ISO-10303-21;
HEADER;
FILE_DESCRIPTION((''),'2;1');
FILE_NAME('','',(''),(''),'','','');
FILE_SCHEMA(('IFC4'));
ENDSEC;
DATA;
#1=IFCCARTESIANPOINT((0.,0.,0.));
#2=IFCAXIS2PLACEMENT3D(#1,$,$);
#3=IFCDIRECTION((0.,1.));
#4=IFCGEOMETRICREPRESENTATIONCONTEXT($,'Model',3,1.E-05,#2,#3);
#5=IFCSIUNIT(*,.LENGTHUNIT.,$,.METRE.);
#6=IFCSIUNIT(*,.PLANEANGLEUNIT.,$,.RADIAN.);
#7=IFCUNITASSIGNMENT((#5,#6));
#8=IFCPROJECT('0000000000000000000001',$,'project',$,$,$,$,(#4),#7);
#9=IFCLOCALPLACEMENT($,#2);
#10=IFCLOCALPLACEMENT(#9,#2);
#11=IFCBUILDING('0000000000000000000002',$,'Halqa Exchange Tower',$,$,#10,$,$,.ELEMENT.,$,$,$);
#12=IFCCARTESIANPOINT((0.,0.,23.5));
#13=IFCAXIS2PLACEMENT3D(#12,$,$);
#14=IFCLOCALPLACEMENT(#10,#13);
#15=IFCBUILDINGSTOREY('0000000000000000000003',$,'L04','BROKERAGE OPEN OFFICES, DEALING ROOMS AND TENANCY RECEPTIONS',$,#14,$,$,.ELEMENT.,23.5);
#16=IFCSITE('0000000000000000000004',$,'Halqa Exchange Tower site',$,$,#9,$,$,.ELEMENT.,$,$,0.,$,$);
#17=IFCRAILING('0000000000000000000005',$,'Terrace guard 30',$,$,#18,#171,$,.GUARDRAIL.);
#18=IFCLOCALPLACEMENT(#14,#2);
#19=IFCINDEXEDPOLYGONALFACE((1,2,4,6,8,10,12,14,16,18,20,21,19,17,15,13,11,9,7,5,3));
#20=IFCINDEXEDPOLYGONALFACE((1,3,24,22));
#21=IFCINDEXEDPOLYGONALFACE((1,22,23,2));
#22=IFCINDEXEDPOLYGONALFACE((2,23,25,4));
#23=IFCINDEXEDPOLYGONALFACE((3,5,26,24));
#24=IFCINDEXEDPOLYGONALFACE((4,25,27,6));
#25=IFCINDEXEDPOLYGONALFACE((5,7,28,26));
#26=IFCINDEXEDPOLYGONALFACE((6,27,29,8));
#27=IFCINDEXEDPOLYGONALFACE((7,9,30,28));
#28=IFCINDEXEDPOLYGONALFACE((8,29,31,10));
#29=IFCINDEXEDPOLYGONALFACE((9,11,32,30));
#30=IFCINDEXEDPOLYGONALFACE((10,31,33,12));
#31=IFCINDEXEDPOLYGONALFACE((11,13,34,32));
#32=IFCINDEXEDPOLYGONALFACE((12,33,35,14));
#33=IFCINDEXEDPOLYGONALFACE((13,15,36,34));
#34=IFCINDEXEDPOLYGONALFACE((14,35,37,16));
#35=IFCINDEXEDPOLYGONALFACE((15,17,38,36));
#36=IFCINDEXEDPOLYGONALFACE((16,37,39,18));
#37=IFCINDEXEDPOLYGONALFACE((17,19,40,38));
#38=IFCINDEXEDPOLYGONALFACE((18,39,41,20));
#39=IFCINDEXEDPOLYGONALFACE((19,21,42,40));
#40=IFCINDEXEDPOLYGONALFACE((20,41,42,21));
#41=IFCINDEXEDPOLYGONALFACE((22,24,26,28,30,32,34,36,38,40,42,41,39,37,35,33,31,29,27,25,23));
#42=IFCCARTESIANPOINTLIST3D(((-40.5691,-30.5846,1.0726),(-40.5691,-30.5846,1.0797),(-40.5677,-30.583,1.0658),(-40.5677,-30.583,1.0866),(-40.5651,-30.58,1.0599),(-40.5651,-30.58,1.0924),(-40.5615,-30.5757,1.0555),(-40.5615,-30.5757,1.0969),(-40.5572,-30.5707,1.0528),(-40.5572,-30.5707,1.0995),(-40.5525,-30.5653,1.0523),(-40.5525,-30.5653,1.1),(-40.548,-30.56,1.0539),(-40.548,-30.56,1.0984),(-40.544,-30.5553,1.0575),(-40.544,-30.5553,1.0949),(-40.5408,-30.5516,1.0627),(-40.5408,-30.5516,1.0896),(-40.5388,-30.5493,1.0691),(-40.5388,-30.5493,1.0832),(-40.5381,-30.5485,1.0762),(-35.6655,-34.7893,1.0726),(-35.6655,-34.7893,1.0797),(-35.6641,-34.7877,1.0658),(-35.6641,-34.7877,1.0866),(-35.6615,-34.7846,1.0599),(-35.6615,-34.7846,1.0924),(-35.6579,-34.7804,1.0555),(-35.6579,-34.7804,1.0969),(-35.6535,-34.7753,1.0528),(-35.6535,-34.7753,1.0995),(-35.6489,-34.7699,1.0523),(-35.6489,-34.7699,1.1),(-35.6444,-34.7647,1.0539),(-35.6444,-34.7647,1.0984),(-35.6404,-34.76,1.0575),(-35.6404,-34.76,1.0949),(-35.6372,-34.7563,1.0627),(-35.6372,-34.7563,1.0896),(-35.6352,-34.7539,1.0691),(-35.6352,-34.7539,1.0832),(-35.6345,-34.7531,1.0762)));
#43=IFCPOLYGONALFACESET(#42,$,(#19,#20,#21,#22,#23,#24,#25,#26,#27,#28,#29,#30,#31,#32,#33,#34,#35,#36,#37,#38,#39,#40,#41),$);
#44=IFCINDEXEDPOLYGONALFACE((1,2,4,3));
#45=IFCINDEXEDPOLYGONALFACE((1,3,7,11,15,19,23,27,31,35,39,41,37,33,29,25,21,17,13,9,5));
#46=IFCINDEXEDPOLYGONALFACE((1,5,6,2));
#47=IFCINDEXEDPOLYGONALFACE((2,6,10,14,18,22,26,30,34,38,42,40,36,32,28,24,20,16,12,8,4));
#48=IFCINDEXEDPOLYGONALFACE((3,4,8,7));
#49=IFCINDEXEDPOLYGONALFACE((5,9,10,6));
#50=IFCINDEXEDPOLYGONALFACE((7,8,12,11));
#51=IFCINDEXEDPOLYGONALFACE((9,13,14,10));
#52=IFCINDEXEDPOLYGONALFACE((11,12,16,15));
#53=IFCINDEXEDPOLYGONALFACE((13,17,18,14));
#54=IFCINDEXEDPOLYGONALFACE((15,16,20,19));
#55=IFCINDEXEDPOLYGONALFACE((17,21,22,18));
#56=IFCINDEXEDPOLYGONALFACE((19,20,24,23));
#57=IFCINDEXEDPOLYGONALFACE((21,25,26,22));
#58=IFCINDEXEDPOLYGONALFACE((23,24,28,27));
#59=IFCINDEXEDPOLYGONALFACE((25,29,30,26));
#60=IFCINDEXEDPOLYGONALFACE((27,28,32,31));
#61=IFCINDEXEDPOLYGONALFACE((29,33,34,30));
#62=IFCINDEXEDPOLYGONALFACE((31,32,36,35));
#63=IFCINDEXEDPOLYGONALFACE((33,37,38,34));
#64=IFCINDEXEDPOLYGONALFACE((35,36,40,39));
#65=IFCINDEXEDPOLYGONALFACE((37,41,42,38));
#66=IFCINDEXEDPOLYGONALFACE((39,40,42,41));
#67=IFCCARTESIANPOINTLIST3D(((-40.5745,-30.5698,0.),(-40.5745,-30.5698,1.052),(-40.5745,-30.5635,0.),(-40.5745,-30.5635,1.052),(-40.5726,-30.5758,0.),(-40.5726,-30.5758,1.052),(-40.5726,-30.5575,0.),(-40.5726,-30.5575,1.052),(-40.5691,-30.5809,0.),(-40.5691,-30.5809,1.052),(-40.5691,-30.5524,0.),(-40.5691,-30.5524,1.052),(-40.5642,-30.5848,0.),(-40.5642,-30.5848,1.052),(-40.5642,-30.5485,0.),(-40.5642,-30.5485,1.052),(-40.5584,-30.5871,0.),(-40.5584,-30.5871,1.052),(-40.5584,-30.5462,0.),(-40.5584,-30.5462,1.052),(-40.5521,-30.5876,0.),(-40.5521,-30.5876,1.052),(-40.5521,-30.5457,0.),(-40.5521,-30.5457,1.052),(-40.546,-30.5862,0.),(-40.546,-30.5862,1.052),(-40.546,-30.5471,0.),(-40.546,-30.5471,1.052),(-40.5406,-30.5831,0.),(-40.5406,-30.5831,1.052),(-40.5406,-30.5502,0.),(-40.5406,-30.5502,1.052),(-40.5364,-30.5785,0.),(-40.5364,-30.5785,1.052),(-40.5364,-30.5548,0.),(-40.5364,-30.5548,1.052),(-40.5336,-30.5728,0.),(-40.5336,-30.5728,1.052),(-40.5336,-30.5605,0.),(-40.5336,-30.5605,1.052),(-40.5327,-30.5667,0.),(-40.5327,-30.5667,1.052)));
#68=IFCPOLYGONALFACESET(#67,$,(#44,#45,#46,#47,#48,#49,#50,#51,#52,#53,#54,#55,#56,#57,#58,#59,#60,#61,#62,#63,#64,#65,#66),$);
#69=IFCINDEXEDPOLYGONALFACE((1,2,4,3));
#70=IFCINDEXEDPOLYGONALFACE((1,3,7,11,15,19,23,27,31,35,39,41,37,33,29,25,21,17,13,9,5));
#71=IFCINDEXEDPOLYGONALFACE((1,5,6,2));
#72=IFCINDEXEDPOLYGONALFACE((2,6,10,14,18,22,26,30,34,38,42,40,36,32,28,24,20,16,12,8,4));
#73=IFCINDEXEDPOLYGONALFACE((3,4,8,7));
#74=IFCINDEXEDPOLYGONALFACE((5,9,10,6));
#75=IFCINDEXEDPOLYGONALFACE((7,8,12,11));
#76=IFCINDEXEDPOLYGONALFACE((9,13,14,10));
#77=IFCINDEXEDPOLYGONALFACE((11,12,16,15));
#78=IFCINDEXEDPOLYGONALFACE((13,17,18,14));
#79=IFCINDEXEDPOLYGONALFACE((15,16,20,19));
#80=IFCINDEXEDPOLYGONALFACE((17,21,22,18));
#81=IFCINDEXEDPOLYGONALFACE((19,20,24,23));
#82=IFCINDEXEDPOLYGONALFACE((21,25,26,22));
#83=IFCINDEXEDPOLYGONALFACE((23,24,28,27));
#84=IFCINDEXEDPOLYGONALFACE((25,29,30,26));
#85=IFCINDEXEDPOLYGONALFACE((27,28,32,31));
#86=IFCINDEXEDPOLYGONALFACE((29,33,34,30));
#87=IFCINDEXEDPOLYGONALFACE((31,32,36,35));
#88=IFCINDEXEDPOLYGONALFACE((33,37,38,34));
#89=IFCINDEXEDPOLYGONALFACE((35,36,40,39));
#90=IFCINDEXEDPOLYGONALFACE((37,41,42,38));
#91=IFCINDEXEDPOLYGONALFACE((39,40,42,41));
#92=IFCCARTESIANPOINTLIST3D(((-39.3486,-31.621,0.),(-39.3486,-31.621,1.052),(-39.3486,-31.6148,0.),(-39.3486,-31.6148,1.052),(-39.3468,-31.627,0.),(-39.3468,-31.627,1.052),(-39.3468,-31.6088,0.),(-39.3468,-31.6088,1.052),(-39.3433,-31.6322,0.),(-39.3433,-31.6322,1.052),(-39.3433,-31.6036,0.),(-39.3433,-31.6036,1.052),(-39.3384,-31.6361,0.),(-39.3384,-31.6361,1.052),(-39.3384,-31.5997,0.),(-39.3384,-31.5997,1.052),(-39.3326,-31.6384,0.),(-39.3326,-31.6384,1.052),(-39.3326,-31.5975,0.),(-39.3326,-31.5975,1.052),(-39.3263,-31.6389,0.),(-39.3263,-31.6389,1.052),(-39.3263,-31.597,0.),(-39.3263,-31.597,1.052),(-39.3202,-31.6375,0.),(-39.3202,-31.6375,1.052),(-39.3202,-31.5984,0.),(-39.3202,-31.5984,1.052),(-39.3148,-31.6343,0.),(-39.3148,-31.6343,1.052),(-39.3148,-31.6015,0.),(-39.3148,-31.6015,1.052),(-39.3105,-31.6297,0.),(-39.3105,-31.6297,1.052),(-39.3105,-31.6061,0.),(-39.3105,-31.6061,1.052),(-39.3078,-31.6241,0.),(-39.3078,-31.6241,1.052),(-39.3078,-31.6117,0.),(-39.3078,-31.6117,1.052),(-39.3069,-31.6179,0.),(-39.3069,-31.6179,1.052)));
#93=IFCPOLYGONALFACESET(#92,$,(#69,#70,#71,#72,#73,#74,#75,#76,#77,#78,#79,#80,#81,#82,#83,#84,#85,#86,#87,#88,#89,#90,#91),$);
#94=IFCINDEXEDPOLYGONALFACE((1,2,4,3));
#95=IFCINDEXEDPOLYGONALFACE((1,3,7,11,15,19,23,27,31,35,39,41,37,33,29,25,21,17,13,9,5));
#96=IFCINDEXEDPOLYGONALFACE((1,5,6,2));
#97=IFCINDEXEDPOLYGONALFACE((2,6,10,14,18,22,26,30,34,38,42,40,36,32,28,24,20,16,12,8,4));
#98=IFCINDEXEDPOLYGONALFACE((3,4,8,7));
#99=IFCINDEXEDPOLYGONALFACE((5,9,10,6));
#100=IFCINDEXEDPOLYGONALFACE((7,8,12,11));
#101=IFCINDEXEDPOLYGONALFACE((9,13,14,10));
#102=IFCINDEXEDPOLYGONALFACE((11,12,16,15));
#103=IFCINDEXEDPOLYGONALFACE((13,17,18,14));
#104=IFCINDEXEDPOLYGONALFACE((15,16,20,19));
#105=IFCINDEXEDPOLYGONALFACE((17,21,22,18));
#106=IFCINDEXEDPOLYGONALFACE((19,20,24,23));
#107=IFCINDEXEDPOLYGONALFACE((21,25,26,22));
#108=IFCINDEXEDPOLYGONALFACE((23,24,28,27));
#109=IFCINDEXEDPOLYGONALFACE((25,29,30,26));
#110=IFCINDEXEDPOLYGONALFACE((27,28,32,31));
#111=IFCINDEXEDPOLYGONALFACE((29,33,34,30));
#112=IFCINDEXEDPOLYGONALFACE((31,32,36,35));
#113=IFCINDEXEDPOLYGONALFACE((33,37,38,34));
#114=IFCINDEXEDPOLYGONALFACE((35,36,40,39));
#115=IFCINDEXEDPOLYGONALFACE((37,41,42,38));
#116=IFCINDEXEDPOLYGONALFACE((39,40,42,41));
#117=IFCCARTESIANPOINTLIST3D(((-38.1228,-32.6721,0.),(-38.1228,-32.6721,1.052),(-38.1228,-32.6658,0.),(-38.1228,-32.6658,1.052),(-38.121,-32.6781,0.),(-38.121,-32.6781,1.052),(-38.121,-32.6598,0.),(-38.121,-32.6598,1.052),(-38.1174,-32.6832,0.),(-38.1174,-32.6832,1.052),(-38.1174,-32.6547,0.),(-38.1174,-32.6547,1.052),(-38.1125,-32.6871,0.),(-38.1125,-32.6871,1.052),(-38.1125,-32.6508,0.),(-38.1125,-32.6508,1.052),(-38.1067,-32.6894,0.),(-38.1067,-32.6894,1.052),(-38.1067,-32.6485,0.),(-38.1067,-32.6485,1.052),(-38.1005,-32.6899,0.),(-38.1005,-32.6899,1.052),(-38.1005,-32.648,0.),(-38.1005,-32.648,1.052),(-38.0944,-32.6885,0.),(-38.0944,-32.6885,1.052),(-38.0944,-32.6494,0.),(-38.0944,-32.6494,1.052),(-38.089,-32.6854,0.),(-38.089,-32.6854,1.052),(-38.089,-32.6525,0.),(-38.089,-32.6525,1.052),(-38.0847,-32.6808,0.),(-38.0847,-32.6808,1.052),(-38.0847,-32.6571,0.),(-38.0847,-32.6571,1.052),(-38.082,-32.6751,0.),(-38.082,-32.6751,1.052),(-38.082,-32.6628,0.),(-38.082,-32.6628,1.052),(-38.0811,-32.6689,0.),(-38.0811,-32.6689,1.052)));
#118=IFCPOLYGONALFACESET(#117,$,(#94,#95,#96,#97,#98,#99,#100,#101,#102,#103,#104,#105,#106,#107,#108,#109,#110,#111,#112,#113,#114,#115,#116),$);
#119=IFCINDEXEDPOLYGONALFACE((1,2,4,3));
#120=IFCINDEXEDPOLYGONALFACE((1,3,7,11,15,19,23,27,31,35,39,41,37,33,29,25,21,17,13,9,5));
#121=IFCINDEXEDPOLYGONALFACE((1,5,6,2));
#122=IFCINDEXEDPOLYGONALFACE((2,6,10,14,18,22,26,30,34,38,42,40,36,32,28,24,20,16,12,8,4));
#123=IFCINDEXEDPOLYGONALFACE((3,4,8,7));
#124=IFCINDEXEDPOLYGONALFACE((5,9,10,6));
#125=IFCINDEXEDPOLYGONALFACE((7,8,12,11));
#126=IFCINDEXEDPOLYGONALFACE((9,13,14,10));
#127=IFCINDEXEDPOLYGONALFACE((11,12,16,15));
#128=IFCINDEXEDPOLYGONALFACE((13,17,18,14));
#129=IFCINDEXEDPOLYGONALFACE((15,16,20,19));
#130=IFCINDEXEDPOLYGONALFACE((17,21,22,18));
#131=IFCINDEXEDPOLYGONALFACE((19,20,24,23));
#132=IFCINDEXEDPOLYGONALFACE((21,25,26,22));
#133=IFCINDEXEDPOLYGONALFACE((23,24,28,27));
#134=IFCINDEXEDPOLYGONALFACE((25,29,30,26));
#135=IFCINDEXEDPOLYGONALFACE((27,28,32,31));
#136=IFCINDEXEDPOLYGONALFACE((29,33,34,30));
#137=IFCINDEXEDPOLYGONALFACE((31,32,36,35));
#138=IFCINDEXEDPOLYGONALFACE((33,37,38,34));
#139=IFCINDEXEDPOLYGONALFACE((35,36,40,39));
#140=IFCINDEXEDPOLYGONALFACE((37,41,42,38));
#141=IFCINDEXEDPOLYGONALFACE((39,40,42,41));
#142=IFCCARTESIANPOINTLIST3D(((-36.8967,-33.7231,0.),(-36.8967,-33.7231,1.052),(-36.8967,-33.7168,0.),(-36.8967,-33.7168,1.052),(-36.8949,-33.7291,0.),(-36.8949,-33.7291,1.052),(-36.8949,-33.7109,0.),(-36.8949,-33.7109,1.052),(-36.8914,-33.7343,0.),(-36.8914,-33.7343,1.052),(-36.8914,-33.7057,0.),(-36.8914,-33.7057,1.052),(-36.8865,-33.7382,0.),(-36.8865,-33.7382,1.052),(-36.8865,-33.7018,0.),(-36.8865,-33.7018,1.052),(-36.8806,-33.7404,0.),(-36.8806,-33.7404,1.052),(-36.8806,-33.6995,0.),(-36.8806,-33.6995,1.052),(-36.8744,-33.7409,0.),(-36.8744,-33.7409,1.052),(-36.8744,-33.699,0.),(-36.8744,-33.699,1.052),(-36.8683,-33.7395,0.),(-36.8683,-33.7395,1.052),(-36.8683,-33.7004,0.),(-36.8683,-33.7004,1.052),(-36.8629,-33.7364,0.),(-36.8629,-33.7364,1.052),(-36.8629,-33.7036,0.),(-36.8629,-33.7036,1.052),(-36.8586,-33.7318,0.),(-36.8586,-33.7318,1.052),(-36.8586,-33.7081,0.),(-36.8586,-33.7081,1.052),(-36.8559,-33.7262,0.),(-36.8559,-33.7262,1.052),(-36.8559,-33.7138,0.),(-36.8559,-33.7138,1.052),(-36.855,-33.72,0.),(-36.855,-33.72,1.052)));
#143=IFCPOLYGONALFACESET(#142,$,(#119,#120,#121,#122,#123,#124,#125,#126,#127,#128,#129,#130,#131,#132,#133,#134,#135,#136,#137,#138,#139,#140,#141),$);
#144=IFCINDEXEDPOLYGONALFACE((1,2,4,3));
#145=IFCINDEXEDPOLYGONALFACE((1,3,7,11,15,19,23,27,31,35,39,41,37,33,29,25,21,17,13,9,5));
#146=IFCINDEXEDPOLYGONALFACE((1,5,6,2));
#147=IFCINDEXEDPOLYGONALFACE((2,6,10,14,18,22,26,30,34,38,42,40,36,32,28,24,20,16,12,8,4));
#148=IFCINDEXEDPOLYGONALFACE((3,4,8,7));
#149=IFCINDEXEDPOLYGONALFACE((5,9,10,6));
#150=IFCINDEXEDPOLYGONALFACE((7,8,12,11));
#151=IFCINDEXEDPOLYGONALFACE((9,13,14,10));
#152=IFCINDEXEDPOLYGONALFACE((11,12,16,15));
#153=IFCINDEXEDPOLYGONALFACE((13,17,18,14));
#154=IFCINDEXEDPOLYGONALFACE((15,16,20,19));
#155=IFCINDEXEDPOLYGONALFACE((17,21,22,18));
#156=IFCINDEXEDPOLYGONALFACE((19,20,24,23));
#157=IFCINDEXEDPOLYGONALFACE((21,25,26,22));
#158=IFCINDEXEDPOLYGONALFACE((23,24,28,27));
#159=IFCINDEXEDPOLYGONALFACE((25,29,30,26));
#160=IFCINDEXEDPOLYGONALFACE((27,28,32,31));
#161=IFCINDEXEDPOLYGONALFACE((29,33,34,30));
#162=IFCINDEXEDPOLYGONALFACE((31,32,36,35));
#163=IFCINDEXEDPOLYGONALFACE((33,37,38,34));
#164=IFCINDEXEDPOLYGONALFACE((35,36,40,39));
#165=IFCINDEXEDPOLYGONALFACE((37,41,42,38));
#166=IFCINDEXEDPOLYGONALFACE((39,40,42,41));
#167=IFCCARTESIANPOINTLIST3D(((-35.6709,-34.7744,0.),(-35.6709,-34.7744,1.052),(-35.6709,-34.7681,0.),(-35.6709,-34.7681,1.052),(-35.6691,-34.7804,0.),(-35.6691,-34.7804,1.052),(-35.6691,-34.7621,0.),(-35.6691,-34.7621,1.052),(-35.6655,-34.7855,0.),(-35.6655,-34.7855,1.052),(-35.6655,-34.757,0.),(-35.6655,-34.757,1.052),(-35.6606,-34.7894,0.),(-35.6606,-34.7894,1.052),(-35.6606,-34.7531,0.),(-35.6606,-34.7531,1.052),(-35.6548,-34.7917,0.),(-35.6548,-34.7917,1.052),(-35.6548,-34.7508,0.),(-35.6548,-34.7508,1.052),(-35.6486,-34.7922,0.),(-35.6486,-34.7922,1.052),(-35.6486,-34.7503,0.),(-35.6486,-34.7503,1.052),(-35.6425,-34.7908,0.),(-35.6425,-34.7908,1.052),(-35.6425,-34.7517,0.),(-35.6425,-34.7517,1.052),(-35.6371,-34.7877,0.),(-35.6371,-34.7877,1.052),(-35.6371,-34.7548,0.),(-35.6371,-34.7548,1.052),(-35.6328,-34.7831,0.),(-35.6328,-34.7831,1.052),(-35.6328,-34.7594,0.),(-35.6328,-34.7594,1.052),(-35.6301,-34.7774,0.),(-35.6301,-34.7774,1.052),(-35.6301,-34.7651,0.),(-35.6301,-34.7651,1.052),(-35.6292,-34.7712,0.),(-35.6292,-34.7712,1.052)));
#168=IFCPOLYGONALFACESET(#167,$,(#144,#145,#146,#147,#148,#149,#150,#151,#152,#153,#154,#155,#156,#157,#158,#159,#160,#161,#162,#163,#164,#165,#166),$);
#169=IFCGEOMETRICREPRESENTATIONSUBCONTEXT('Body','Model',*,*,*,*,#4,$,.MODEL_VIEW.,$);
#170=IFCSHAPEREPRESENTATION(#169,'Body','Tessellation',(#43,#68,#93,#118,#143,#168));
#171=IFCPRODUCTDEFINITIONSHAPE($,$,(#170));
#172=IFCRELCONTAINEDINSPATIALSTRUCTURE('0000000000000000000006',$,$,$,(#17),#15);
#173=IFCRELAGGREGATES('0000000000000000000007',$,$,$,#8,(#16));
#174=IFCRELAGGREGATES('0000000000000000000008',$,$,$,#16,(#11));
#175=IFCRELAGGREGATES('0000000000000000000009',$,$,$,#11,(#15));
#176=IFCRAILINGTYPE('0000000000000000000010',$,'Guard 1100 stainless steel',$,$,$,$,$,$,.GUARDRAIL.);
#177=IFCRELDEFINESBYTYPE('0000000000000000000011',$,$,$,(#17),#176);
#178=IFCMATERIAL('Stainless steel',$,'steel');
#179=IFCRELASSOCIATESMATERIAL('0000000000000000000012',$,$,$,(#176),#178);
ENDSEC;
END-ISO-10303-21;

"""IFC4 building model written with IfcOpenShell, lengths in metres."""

from ifc_helpers import new_model, si_unit, direction, frame, origin, origin_2d, place, context, subcontext, project, spatial, circle, extrude, material, type_object, element, save


model = new_model("IFC4")

# Units and contexts
model_context = context("Model", 3, precision=1e-05, world=origin(), true_north=direction((0.0, 1.0)))
body_context = subcontext(model_context, "Body", "Model", "MODEL_VIEW")
ifc_project = project(units=[si_unit("LENGTHUNIT", "METRE"), si_unit("PLANEANGLEUNIT", "RADIAN")], contexts=[model_context])

# Site, building, storey
site_placement = place(None, origin())
site = spatial("IfcSite", under=ifc_project, at=site_placement, Name="Halqa Exchange Tower site", CompositionType="ELEMENT", RefElevation=0.0)
building_placement = place(site_placement, origin())
building = spatial("IfcBuilding", under=site, at=building_placement, Name="Halqa Exchange Tower", CompositionType="ELEMENT")
storey_placement = place(building_placement, frame((0.0, 0.0, 23.5)))
storey = spatial("IfcBuildingStorey", under=building, at=storey_placement, Name="L04", Description="BROKERAGE OPEN OFFICES, DEALING ROOMS AND TENANCY RECEPTIONS", CompositionType="ELEMENT", Elevation=23.5)

# Railing
ifc_material_1 = material(Name="Stainless steel", Category="steel")
railing_type = type_object("IfcRailingType", Name="Guard 1100 stainless steel", PredefinedType="GUARDRAIL", material=ifc_material_1)
railing_1_placement = place(storey_placement, frame((-40.5537, -30.5667, 0.0)))
element("IfcRailing", 1, at=railing_1_placement, inside=storey, type_object=railing_type, Name="Terrace guard 30", PredefinedType="GUARDRAIL", context=body_context, shape_type="SweptSolid", body=[
    extrude(circle(Radius=0.0239, at=origin_2d()), frame((0.0, 0.0, 1.0762), z_axis=(0.759139, -0.650928, 0.0), x_axis=(0.650928, 0.759139, 0.0)), (0.0, 0.0, 1.0), 6.4595),
    extrude(circle(Radius=0.021, at=origin_2d()), origin(), (0.0, 0.0, 1.0), 1.052),
    extrude(circle(Radius=0.021, at=origin_2d()), frame((1.2258, -1.0513, 0.0)), (0.0, 0.0, 1.0), 1.052),
    extrude(circle(Radius=0.021, at=origin_2d()), frame((2.4517, -2.1023, 0.0)), (0.0, 0.0, 1.0), 1.052),
    extrude(circle(Radius=0.021, at=origin_2d()), frame((3.6777, -3.1533, 0.0)), (0.0, 0.0, 1.0), 1.052),
    extrude(circle(Radius=0.021, at=origin_2d()), frame((4.9036, -4.2046, 0.0)), (0.0, 0.0, 1.0), 1.052),
])

save(model, "model.ifc")
